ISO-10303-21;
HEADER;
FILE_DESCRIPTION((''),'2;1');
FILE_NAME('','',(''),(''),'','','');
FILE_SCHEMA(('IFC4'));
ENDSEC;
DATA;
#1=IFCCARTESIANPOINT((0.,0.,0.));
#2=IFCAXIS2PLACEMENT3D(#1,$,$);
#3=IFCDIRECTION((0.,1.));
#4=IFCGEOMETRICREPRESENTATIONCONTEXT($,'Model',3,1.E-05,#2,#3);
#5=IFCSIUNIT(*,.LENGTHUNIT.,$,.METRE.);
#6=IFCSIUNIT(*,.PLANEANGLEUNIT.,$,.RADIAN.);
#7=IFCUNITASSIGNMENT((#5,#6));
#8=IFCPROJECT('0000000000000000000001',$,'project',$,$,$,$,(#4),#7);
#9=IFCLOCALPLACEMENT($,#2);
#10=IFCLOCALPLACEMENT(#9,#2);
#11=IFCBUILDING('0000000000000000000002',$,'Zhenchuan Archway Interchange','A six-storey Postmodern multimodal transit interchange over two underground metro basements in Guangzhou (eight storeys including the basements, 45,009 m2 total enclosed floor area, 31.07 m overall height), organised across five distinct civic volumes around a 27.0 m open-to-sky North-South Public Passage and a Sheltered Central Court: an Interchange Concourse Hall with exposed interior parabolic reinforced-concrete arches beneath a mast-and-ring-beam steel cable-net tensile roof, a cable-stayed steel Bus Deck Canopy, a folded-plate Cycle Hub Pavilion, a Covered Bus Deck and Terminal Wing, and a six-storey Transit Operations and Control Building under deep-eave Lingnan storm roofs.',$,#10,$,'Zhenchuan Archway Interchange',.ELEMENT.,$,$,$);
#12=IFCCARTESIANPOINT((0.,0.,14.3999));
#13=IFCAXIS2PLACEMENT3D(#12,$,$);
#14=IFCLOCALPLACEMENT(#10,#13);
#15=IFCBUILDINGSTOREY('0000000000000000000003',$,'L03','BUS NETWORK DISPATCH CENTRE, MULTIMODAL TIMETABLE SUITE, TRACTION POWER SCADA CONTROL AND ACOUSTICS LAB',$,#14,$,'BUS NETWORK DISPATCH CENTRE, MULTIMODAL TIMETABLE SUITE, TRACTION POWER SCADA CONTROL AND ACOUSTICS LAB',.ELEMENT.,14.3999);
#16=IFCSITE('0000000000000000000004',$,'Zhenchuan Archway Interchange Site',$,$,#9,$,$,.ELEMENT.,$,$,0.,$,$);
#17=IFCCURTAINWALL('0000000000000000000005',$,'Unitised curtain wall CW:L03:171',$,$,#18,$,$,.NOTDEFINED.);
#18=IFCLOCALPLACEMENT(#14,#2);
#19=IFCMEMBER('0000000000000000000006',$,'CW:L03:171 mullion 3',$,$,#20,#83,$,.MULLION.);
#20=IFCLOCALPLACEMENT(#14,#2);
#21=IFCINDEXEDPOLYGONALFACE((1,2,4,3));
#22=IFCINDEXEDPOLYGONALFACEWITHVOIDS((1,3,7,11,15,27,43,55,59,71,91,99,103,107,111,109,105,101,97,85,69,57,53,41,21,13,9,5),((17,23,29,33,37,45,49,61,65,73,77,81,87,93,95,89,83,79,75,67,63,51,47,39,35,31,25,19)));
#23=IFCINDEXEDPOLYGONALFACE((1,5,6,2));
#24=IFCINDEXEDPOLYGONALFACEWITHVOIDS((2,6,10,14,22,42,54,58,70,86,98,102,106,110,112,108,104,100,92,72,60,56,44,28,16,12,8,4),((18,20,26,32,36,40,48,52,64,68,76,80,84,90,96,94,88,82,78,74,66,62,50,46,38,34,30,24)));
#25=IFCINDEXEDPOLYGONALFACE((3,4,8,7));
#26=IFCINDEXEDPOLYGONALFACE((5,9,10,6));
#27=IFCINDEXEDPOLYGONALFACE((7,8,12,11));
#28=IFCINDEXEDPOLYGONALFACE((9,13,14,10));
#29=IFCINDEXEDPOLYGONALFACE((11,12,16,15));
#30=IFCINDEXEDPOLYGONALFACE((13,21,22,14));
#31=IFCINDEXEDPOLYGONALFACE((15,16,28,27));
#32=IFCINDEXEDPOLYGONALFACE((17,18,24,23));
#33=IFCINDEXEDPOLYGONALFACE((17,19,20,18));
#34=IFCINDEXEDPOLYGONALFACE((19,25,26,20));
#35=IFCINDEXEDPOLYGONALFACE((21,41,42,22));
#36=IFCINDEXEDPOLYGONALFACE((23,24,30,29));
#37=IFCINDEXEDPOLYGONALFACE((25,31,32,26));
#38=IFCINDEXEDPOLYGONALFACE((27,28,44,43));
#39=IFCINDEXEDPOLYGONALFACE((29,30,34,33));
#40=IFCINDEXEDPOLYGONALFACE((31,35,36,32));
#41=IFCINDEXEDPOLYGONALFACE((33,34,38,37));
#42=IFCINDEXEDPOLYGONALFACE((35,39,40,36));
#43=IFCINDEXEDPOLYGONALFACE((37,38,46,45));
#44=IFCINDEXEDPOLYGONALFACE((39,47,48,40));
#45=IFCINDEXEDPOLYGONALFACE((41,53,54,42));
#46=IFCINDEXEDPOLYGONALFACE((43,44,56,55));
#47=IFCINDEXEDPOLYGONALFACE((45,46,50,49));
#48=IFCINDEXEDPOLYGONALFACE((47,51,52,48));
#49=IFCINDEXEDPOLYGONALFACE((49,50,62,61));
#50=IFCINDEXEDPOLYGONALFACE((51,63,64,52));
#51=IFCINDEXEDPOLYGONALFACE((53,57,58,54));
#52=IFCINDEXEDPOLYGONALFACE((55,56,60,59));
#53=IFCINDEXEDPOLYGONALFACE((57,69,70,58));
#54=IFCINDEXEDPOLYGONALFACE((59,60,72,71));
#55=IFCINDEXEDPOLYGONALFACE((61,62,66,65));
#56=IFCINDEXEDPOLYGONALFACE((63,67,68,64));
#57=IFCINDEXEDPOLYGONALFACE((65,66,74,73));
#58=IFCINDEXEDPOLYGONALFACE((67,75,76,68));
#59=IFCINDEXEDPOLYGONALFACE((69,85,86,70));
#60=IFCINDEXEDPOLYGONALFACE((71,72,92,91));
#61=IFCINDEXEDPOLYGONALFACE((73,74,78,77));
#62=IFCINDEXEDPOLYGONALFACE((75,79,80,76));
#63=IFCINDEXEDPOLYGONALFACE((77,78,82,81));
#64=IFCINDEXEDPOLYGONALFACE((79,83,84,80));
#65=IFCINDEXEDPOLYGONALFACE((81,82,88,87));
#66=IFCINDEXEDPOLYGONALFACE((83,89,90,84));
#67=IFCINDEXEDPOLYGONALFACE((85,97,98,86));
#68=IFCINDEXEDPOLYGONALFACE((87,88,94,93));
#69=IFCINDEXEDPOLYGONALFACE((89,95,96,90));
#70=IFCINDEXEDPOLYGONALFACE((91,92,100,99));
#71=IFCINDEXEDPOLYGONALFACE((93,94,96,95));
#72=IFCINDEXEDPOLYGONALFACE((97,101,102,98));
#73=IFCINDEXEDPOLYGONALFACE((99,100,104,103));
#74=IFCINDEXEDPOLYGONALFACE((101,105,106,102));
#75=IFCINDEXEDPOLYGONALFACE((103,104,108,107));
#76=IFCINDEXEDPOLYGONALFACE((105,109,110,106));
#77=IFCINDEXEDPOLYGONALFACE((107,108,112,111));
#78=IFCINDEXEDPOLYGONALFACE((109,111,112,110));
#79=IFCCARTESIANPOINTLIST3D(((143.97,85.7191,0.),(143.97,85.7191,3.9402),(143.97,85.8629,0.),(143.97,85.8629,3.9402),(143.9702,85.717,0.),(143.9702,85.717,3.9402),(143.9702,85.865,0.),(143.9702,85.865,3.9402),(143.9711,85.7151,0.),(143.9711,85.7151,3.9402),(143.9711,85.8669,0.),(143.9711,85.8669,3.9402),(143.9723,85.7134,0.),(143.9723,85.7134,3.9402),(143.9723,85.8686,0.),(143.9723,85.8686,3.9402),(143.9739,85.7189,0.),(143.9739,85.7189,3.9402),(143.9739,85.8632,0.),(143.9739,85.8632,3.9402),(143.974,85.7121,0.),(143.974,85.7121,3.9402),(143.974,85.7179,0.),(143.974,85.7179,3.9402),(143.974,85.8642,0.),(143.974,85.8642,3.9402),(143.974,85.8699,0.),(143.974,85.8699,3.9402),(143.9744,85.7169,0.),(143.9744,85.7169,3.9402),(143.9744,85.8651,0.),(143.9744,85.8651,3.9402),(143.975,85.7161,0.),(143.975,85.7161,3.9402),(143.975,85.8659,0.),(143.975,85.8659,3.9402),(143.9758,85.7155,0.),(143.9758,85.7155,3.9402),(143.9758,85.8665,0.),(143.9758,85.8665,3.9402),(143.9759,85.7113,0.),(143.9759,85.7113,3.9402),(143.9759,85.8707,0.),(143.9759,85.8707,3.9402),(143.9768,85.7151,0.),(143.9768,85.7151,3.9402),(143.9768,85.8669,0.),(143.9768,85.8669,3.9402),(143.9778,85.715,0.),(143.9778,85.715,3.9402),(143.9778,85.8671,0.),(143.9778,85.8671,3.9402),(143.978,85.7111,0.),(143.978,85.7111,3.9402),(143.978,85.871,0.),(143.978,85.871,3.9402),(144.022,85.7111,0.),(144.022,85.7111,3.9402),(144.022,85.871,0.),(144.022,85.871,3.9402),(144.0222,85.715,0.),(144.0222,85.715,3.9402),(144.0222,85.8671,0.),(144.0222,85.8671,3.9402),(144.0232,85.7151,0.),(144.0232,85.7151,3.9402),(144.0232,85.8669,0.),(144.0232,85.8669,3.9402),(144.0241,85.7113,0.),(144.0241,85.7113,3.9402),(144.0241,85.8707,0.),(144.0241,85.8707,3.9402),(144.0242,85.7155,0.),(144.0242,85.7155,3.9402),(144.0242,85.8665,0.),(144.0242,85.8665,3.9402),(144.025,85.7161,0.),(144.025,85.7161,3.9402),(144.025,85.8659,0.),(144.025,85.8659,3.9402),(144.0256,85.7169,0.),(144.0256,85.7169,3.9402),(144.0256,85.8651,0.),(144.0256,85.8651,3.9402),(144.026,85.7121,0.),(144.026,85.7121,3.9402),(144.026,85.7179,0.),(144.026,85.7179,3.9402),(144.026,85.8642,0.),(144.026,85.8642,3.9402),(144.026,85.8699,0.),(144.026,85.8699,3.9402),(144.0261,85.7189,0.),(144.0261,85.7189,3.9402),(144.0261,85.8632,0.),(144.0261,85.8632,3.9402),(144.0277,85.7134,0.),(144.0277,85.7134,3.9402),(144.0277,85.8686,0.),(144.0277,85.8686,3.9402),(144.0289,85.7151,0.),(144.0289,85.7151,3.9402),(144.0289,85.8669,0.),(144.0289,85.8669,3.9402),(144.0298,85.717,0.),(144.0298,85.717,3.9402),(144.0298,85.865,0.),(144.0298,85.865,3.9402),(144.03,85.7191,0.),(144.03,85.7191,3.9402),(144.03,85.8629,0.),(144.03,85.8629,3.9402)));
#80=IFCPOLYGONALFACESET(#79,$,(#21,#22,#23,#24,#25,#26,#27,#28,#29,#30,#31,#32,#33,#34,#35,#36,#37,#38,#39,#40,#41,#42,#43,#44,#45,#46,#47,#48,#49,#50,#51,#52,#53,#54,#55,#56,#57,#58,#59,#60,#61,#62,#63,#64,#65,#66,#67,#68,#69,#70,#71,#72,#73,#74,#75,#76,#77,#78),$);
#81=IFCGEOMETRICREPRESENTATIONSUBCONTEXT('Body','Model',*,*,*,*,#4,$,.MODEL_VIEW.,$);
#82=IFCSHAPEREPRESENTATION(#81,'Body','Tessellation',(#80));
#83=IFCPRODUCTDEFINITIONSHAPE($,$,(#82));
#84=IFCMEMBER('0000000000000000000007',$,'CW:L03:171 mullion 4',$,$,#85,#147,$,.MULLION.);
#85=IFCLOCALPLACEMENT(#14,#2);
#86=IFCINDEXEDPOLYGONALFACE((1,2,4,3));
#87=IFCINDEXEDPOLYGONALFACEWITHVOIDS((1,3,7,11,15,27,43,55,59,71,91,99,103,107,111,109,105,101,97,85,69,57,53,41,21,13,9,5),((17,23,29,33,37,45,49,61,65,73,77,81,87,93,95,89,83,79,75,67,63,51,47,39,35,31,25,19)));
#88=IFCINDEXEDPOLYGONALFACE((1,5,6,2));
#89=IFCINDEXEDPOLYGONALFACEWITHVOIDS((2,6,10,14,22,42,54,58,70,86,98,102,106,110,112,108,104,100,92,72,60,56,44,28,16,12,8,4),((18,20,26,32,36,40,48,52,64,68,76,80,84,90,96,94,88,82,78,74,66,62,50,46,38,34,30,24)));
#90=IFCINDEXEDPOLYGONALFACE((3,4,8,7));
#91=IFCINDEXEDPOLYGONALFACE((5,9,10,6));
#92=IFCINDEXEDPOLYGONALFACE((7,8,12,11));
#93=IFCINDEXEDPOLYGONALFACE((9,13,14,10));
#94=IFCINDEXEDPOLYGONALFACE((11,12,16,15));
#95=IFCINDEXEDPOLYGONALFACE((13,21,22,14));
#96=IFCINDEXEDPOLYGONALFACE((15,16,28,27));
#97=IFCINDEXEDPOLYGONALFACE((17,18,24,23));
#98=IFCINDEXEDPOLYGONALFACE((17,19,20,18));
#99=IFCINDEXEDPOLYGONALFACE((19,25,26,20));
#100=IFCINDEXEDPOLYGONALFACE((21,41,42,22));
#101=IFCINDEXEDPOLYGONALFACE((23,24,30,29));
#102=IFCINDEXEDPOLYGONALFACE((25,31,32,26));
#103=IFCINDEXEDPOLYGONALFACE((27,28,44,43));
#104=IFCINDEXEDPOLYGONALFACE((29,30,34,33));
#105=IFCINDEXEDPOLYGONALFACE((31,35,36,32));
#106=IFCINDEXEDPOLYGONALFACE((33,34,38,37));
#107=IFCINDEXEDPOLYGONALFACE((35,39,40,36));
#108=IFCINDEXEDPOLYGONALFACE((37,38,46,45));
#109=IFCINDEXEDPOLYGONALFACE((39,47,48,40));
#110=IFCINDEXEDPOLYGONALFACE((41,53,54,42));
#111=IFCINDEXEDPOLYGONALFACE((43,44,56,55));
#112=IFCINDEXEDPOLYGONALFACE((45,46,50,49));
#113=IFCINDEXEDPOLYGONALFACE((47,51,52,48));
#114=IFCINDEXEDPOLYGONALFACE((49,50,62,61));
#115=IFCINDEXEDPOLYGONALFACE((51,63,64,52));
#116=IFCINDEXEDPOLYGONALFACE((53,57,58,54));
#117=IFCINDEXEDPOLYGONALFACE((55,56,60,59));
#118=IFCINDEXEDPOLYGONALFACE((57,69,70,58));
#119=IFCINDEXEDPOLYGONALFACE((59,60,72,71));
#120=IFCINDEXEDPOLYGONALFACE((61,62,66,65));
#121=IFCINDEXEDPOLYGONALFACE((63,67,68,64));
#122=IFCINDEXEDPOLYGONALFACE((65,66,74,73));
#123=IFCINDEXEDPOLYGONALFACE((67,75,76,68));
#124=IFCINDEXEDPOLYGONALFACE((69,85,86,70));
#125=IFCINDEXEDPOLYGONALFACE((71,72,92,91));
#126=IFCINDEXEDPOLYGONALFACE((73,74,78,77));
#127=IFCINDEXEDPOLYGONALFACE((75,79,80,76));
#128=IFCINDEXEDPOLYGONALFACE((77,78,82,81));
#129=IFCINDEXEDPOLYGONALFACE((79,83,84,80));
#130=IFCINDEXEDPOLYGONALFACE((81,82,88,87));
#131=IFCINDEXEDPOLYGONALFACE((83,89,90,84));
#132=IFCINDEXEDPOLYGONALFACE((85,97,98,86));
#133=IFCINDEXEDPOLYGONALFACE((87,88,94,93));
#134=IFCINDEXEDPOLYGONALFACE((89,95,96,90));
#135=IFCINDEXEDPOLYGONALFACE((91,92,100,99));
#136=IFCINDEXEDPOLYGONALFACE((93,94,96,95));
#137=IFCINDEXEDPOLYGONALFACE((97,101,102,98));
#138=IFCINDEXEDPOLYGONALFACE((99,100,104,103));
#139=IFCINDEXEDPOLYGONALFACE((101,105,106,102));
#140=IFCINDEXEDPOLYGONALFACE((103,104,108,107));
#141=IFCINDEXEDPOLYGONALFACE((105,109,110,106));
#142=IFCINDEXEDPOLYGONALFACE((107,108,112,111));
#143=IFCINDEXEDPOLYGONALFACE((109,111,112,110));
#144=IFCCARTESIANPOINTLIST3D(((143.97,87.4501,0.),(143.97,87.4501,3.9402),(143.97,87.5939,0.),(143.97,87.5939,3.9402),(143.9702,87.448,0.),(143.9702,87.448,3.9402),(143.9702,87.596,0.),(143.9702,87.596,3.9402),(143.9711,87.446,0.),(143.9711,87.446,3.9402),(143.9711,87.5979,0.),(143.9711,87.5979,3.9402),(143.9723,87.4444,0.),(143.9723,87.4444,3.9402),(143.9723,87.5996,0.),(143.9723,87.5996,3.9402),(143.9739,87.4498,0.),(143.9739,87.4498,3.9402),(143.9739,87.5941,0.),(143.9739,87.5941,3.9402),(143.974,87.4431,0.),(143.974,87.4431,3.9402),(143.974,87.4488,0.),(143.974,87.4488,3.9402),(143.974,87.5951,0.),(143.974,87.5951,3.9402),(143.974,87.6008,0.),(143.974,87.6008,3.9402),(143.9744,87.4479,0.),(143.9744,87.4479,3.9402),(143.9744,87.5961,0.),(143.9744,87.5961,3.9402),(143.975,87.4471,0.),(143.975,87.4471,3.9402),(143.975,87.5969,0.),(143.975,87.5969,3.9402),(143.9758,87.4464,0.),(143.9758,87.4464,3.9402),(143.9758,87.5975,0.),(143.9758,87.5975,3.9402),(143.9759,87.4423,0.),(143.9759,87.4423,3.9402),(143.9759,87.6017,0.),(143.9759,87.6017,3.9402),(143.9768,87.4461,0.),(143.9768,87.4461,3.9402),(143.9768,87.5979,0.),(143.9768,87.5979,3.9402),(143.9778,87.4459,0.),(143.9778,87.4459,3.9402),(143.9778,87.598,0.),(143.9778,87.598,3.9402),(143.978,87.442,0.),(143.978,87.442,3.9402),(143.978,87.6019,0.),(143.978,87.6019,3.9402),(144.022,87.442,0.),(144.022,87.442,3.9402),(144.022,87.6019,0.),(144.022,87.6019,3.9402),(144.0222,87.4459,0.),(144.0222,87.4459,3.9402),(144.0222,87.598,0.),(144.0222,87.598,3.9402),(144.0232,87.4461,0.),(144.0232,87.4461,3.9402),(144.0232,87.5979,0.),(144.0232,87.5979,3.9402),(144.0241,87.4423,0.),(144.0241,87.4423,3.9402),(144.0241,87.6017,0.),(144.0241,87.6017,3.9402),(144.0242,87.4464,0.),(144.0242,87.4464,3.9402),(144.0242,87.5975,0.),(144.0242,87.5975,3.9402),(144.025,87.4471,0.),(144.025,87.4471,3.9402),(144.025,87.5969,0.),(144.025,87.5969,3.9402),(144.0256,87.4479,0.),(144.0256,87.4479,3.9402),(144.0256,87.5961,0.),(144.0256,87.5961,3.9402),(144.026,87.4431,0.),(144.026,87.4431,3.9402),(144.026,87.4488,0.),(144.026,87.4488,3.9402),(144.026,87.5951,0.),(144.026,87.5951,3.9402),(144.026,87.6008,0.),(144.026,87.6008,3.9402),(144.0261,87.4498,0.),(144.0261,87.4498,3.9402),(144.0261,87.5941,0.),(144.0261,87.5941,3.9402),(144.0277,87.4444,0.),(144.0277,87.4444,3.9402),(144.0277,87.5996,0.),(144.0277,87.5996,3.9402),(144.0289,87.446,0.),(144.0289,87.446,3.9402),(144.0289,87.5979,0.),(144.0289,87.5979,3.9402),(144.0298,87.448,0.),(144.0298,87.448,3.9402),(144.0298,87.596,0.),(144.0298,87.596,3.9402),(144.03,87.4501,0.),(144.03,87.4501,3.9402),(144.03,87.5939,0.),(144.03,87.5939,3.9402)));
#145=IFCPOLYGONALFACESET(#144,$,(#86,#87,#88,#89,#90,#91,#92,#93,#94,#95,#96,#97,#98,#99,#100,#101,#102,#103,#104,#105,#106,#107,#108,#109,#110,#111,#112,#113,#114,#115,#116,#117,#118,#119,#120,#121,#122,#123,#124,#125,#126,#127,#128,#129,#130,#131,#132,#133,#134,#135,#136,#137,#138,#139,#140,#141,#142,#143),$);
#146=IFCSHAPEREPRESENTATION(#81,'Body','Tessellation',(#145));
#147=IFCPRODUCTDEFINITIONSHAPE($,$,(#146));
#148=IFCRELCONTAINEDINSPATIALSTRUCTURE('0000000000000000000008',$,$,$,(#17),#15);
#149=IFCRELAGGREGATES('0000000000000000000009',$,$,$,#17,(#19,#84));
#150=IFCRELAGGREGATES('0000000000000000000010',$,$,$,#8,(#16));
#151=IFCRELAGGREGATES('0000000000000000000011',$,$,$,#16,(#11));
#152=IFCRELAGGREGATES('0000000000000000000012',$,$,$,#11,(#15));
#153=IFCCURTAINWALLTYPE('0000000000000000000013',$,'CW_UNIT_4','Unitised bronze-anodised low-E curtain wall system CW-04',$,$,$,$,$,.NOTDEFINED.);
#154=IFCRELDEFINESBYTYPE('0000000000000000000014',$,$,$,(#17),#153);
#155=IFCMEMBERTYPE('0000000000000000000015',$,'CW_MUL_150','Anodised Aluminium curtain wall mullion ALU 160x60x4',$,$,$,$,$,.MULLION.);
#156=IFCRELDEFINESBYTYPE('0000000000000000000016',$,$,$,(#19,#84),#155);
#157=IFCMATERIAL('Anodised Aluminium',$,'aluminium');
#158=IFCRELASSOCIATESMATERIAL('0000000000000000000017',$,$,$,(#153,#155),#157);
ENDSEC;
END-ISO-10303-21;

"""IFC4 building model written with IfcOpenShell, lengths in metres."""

from ifc_helpers import new_model, si_unit, direction, frame, origin, origin_2d, place, context, subcontext, project, spatial, hollow_rectangle, extrude, material, material_profile, profile_set, type_object, element, aggregate, save


model = new_model("IFC4")

# Units and contexts
model_context = context("Model", 3, precision=1e-05, world=origin(), true_north=direction((0.0, 1.0)))
body_context = subcontext(model_context, "Body", "Model", "MODEL_VIEW")
ifc_project = project(units=[si_unit("LENGTHUNIT", "METRE"), si_unit("PLANEANGLEUNIT", "RADIAN")], contexts=[model_context])

# Site, building, storey
site_placement = place(None, origin())
site = spatial("IfcSite", under=ifc_project, at=site_placement, Name="Zhenchuan Archway Interchange Site", CompositionType="ELEMENT", RefElevation=0.0)
building_placement = place(site_placement, origin())
building = spatial("IfcBuilding", under=site, at=building_placement, Name="Zhenchuan Archway Interchange", Description="A six-storey Postmodern multimodal transit interchange over two underground metro basements in Guangzhou (eight storeys including the basements, 45,009 m2 total enclosed floor area, 31.07 m overall height), organised across five distinct civic volumes around a 27.0 m open-to-sky North-South Public Passage and a Sheltered Central Court: an Interchange Concourse Hall with exposed interior parabolic reinforced-concrete arches beneath a mast-and-ring-beam steel cable-net tensile roof, a cable-stayed steel Bus Deck Canopy, a folded-plate Cycle Hub Pavilion, a Covered Bus Deck and Terminal Wing, and a six-storey Transit Operations and Control Building under deep-eave Lingnan storm roofs.", LongName="Zhenchuan Archway Interchange", CompositionType="ELEMENT")
storey_placement = place(building_placement, frame((0.0, 0.0, 14.3999)))
storey = spatial("IfcBuildingStorey", under=building, at=storey_placement, Name="L03", Description="BUS NETWORK DISPATCH CENTRE, MULTIMODAL TIMETABLE SUITE, TRACTION POWER SCADA CONTROL AND ACOUSTICS LAB", LongName="BUS NETWORK DISPATCH CENTRE, MULTIMODAL TIMETABLE SUITE, TRACTION POWER SCADA CONTROL AND ACOUSTICS LAB", CompositionType="ELEMENT", Elevation=14.3999)

# Curtain wall, members
ifc_material_1 = material(Name="Anodised Aluminium", Category="aluminium")
curtain_wall_type = type_object("IfcCurtainWallType", Name="CW_UNIT_4", Description="Unitised bronze-anodised low-E curtain wall system CW-04", PredefinedType="NOTDEFINED", material=ifc_material_1)
curtain_wall_placement = place(storey_placement, origin())
curtain_wall = element("IfcCurtainWall", 1, at=curtain_wall_placement, inside=storey, type_object=curtain_wall_type, Name="Unitised curtain wall CW:L03:171", PredefinedType="NOTDEFINED")
ifc_material_profile_1 = material_profile(ifc_material_1, hollow_rectangle(XDim=0.0601, YDim=0.1599, WallThickness=0.0039, InnerFilletRadius=0.0039, OuterFilletRadius=0.0081, at=origin_2d()), Name="ALU 160x60x4")
ifc_profile_set_1 = profile_set([ifc_material_profile_1], Name="Anodised Aluminium")
member_type_1 = type_object("IfcMemberType", Name="CW_MUL_150", Description="Anodised Aluminium curtain wall mullion ALU 160x60x4", PredefinedType="MULLION", material=ifc_profile_set_1)
member_1_placement = place(storey_placement, frame((144.0, 85.791, 0.0), z_axis=(0.0, 0.0, 1.0), x_axis=(1.0, 0.0, 0.0)))
member_1 = element("IfcMember", 2, at=member_1_placement, type_object=member_type_1, Name="CW:L03:171 mullion 3", PredefinedType="MULLION", context=body_context, shape_type="SweptSolid", body=[
    extrude(hollow_rectangle(XDim=0.0601, YDim=0.1599, WallThickness=0.0039, InnerFilletRadius=0.0039, OuterFilletRadius=0.0081, at=origin_2d()), origin(), (0.0, 0.0, 1.0), 3.9402),
])
member_2_placement = place(storey_placement, frame((144.0, 87.522, 0.0), z_axis=(0.0, 0.0, 1.0), x_axis=(1.0, 0.0, 0.0)))
member_2 = element("IfcMember", 3, at=member_2_placement, type_object=member_type_1, Name="CW:L03:171 mullion 4", PredefinedType="MULLION", context=body_context, shape_type="SweptSolid", body=[
    extrude(hollow_rectangle(XDim=0.0601, YDim=0.1599, WallThickness=0.0039, InnerFilletRadius=0.0039, OuterFilletRadius=0.0081, at=origin_2d()), origin(), (0.0, 0.0, 1.0), 3.9402),
])

aggregate(curtain_wall, [member_1, member_2])

save(model, "model.ifc")
